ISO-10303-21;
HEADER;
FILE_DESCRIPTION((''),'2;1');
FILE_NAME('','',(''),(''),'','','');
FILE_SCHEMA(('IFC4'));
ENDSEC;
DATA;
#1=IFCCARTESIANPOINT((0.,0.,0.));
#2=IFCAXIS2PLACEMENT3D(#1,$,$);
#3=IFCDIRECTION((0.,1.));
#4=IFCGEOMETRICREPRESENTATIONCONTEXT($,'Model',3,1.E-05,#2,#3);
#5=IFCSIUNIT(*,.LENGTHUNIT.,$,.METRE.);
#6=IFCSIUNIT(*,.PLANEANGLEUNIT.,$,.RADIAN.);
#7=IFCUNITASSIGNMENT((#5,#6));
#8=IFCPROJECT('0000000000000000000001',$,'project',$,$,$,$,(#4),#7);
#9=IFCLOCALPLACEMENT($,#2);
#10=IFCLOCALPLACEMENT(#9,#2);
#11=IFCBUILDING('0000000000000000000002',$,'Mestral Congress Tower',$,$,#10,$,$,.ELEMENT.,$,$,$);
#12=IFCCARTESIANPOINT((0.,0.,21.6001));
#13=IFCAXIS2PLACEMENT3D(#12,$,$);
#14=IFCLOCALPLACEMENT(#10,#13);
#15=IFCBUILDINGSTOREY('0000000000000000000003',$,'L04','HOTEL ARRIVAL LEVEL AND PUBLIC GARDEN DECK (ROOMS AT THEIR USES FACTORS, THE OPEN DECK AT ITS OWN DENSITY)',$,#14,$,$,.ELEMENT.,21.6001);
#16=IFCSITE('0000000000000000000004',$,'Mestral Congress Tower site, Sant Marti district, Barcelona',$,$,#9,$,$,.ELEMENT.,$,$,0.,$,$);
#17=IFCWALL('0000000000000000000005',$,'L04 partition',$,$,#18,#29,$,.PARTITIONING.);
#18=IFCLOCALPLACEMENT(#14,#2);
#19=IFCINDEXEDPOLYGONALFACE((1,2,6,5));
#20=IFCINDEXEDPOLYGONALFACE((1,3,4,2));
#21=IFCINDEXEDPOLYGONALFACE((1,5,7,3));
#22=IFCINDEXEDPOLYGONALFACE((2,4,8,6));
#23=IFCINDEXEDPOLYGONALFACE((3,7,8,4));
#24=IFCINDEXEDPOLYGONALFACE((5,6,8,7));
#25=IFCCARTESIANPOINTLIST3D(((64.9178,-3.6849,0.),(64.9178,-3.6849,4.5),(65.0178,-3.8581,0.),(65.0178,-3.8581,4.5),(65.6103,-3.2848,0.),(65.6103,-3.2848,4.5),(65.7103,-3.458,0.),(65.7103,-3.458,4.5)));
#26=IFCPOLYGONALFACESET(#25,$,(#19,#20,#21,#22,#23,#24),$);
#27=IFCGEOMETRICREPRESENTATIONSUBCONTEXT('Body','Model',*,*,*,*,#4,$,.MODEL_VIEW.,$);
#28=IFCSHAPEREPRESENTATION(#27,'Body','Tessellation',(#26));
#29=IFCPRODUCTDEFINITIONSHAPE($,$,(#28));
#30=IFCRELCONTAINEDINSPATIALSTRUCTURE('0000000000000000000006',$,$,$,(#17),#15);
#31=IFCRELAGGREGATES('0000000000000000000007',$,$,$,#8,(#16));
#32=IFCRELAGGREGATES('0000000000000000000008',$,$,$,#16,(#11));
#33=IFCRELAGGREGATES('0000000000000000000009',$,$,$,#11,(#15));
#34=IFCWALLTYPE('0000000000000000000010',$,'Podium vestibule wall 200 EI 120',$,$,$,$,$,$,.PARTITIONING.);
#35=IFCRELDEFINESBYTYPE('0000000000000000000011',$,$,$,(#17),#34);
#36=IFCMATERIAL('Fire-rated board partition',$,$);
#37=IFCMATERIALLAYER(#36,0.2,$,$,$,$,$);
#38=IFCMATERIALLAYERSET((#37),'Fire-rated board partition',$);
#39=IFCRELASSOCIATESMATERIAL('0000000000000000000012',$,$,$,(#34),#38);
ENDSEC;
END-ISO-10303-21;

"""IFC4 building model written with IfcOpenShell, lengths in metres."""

from ifc_helpers import new_model, si_unit, direction, frame, frame_2d, origin, place, context, subcontext, project, spatial, rectangle, extrude, material, layer, layer_set, type_object, element, save


model = new_model("IFC4")

# Units and contexts
model_context = context("Model", 3, precision=1e-05, world=origin(), true_north=direction((0.0, 1.0)))
body_context = subcontext(model_context, "Body", "Model", "MODEL_VIEW")
ifc_project = project(units=[si_unit("LENGTHUNIT", "METRE"), si_unit("PLANEANGLEUNIT", "RADIAN")], contexts=[model_context])

# Site, building, storey
site_placement = place(None, origin())
site = spatial("IfcSite", under=ifc_project, at=site_placement, Name="Mestral Congress Tower site, Sant Marti district, Barcelona", CompositionType="ELEMENT", RefElevation=0.0)
building_placement = place(site_placement, origin())
building = spatial("IfcBuilding", under=site, at=building_placement, Name="Mestral Congress Tower", CompositionType="ELEMENT")
storey_placement = place(building_placement, frame((0.0, 0.0, 21.6001)))
storey = spatial("IfcBuildingStorey", under=building, at=storey_placement, Name="L04", Description="HOTEL ARRIVAL LEVEL AND PUBLIC GARDEN DECK (ROOMS AT THEIR USES FACTORS, THE OPEN DECK AT ITS OWN DENSITY)", CompositionType="ELEMENT", Elevation=21.6001)

# Shared definitions
ifc_material_1 = material(Name="Fire-rated board partition")
ifc_layer_1 = layer(ifc_material_1, 0.2)
ifc_layer_set_1 = layer_set([ifc_layer_1], Name="Fire-rated board partition")
wall_type_1 = type_object("IfcWallType", Name="Podium vestibule wall 200 EI 120", PredefinedType="PARTITIONING", material=ifc_layer_set_1)

# Wall
wall_1_placement = place(storey_placement, frame((64.9678, -3.7715, 0.0), z_axis=(0.0, 0.0, 1.0), x_axis=(0.865886, 0.500242, 0.0)))
element("IfcWall", 1, at=wall_1_placement, inside=storey, type_object=wall_type_1, Name="L04 partition", PredefinedType="PARTITIONING", context=body_context, shape_type="SweptSolid", body=[
    extrude(rectangle(XDim=0.7998, YDim=0.2, at=frame_2d((0.3999, 0.0))), origin(), (0.0, 0.0, 1.0), 4.5),
])

save(model, "model.ifc")
